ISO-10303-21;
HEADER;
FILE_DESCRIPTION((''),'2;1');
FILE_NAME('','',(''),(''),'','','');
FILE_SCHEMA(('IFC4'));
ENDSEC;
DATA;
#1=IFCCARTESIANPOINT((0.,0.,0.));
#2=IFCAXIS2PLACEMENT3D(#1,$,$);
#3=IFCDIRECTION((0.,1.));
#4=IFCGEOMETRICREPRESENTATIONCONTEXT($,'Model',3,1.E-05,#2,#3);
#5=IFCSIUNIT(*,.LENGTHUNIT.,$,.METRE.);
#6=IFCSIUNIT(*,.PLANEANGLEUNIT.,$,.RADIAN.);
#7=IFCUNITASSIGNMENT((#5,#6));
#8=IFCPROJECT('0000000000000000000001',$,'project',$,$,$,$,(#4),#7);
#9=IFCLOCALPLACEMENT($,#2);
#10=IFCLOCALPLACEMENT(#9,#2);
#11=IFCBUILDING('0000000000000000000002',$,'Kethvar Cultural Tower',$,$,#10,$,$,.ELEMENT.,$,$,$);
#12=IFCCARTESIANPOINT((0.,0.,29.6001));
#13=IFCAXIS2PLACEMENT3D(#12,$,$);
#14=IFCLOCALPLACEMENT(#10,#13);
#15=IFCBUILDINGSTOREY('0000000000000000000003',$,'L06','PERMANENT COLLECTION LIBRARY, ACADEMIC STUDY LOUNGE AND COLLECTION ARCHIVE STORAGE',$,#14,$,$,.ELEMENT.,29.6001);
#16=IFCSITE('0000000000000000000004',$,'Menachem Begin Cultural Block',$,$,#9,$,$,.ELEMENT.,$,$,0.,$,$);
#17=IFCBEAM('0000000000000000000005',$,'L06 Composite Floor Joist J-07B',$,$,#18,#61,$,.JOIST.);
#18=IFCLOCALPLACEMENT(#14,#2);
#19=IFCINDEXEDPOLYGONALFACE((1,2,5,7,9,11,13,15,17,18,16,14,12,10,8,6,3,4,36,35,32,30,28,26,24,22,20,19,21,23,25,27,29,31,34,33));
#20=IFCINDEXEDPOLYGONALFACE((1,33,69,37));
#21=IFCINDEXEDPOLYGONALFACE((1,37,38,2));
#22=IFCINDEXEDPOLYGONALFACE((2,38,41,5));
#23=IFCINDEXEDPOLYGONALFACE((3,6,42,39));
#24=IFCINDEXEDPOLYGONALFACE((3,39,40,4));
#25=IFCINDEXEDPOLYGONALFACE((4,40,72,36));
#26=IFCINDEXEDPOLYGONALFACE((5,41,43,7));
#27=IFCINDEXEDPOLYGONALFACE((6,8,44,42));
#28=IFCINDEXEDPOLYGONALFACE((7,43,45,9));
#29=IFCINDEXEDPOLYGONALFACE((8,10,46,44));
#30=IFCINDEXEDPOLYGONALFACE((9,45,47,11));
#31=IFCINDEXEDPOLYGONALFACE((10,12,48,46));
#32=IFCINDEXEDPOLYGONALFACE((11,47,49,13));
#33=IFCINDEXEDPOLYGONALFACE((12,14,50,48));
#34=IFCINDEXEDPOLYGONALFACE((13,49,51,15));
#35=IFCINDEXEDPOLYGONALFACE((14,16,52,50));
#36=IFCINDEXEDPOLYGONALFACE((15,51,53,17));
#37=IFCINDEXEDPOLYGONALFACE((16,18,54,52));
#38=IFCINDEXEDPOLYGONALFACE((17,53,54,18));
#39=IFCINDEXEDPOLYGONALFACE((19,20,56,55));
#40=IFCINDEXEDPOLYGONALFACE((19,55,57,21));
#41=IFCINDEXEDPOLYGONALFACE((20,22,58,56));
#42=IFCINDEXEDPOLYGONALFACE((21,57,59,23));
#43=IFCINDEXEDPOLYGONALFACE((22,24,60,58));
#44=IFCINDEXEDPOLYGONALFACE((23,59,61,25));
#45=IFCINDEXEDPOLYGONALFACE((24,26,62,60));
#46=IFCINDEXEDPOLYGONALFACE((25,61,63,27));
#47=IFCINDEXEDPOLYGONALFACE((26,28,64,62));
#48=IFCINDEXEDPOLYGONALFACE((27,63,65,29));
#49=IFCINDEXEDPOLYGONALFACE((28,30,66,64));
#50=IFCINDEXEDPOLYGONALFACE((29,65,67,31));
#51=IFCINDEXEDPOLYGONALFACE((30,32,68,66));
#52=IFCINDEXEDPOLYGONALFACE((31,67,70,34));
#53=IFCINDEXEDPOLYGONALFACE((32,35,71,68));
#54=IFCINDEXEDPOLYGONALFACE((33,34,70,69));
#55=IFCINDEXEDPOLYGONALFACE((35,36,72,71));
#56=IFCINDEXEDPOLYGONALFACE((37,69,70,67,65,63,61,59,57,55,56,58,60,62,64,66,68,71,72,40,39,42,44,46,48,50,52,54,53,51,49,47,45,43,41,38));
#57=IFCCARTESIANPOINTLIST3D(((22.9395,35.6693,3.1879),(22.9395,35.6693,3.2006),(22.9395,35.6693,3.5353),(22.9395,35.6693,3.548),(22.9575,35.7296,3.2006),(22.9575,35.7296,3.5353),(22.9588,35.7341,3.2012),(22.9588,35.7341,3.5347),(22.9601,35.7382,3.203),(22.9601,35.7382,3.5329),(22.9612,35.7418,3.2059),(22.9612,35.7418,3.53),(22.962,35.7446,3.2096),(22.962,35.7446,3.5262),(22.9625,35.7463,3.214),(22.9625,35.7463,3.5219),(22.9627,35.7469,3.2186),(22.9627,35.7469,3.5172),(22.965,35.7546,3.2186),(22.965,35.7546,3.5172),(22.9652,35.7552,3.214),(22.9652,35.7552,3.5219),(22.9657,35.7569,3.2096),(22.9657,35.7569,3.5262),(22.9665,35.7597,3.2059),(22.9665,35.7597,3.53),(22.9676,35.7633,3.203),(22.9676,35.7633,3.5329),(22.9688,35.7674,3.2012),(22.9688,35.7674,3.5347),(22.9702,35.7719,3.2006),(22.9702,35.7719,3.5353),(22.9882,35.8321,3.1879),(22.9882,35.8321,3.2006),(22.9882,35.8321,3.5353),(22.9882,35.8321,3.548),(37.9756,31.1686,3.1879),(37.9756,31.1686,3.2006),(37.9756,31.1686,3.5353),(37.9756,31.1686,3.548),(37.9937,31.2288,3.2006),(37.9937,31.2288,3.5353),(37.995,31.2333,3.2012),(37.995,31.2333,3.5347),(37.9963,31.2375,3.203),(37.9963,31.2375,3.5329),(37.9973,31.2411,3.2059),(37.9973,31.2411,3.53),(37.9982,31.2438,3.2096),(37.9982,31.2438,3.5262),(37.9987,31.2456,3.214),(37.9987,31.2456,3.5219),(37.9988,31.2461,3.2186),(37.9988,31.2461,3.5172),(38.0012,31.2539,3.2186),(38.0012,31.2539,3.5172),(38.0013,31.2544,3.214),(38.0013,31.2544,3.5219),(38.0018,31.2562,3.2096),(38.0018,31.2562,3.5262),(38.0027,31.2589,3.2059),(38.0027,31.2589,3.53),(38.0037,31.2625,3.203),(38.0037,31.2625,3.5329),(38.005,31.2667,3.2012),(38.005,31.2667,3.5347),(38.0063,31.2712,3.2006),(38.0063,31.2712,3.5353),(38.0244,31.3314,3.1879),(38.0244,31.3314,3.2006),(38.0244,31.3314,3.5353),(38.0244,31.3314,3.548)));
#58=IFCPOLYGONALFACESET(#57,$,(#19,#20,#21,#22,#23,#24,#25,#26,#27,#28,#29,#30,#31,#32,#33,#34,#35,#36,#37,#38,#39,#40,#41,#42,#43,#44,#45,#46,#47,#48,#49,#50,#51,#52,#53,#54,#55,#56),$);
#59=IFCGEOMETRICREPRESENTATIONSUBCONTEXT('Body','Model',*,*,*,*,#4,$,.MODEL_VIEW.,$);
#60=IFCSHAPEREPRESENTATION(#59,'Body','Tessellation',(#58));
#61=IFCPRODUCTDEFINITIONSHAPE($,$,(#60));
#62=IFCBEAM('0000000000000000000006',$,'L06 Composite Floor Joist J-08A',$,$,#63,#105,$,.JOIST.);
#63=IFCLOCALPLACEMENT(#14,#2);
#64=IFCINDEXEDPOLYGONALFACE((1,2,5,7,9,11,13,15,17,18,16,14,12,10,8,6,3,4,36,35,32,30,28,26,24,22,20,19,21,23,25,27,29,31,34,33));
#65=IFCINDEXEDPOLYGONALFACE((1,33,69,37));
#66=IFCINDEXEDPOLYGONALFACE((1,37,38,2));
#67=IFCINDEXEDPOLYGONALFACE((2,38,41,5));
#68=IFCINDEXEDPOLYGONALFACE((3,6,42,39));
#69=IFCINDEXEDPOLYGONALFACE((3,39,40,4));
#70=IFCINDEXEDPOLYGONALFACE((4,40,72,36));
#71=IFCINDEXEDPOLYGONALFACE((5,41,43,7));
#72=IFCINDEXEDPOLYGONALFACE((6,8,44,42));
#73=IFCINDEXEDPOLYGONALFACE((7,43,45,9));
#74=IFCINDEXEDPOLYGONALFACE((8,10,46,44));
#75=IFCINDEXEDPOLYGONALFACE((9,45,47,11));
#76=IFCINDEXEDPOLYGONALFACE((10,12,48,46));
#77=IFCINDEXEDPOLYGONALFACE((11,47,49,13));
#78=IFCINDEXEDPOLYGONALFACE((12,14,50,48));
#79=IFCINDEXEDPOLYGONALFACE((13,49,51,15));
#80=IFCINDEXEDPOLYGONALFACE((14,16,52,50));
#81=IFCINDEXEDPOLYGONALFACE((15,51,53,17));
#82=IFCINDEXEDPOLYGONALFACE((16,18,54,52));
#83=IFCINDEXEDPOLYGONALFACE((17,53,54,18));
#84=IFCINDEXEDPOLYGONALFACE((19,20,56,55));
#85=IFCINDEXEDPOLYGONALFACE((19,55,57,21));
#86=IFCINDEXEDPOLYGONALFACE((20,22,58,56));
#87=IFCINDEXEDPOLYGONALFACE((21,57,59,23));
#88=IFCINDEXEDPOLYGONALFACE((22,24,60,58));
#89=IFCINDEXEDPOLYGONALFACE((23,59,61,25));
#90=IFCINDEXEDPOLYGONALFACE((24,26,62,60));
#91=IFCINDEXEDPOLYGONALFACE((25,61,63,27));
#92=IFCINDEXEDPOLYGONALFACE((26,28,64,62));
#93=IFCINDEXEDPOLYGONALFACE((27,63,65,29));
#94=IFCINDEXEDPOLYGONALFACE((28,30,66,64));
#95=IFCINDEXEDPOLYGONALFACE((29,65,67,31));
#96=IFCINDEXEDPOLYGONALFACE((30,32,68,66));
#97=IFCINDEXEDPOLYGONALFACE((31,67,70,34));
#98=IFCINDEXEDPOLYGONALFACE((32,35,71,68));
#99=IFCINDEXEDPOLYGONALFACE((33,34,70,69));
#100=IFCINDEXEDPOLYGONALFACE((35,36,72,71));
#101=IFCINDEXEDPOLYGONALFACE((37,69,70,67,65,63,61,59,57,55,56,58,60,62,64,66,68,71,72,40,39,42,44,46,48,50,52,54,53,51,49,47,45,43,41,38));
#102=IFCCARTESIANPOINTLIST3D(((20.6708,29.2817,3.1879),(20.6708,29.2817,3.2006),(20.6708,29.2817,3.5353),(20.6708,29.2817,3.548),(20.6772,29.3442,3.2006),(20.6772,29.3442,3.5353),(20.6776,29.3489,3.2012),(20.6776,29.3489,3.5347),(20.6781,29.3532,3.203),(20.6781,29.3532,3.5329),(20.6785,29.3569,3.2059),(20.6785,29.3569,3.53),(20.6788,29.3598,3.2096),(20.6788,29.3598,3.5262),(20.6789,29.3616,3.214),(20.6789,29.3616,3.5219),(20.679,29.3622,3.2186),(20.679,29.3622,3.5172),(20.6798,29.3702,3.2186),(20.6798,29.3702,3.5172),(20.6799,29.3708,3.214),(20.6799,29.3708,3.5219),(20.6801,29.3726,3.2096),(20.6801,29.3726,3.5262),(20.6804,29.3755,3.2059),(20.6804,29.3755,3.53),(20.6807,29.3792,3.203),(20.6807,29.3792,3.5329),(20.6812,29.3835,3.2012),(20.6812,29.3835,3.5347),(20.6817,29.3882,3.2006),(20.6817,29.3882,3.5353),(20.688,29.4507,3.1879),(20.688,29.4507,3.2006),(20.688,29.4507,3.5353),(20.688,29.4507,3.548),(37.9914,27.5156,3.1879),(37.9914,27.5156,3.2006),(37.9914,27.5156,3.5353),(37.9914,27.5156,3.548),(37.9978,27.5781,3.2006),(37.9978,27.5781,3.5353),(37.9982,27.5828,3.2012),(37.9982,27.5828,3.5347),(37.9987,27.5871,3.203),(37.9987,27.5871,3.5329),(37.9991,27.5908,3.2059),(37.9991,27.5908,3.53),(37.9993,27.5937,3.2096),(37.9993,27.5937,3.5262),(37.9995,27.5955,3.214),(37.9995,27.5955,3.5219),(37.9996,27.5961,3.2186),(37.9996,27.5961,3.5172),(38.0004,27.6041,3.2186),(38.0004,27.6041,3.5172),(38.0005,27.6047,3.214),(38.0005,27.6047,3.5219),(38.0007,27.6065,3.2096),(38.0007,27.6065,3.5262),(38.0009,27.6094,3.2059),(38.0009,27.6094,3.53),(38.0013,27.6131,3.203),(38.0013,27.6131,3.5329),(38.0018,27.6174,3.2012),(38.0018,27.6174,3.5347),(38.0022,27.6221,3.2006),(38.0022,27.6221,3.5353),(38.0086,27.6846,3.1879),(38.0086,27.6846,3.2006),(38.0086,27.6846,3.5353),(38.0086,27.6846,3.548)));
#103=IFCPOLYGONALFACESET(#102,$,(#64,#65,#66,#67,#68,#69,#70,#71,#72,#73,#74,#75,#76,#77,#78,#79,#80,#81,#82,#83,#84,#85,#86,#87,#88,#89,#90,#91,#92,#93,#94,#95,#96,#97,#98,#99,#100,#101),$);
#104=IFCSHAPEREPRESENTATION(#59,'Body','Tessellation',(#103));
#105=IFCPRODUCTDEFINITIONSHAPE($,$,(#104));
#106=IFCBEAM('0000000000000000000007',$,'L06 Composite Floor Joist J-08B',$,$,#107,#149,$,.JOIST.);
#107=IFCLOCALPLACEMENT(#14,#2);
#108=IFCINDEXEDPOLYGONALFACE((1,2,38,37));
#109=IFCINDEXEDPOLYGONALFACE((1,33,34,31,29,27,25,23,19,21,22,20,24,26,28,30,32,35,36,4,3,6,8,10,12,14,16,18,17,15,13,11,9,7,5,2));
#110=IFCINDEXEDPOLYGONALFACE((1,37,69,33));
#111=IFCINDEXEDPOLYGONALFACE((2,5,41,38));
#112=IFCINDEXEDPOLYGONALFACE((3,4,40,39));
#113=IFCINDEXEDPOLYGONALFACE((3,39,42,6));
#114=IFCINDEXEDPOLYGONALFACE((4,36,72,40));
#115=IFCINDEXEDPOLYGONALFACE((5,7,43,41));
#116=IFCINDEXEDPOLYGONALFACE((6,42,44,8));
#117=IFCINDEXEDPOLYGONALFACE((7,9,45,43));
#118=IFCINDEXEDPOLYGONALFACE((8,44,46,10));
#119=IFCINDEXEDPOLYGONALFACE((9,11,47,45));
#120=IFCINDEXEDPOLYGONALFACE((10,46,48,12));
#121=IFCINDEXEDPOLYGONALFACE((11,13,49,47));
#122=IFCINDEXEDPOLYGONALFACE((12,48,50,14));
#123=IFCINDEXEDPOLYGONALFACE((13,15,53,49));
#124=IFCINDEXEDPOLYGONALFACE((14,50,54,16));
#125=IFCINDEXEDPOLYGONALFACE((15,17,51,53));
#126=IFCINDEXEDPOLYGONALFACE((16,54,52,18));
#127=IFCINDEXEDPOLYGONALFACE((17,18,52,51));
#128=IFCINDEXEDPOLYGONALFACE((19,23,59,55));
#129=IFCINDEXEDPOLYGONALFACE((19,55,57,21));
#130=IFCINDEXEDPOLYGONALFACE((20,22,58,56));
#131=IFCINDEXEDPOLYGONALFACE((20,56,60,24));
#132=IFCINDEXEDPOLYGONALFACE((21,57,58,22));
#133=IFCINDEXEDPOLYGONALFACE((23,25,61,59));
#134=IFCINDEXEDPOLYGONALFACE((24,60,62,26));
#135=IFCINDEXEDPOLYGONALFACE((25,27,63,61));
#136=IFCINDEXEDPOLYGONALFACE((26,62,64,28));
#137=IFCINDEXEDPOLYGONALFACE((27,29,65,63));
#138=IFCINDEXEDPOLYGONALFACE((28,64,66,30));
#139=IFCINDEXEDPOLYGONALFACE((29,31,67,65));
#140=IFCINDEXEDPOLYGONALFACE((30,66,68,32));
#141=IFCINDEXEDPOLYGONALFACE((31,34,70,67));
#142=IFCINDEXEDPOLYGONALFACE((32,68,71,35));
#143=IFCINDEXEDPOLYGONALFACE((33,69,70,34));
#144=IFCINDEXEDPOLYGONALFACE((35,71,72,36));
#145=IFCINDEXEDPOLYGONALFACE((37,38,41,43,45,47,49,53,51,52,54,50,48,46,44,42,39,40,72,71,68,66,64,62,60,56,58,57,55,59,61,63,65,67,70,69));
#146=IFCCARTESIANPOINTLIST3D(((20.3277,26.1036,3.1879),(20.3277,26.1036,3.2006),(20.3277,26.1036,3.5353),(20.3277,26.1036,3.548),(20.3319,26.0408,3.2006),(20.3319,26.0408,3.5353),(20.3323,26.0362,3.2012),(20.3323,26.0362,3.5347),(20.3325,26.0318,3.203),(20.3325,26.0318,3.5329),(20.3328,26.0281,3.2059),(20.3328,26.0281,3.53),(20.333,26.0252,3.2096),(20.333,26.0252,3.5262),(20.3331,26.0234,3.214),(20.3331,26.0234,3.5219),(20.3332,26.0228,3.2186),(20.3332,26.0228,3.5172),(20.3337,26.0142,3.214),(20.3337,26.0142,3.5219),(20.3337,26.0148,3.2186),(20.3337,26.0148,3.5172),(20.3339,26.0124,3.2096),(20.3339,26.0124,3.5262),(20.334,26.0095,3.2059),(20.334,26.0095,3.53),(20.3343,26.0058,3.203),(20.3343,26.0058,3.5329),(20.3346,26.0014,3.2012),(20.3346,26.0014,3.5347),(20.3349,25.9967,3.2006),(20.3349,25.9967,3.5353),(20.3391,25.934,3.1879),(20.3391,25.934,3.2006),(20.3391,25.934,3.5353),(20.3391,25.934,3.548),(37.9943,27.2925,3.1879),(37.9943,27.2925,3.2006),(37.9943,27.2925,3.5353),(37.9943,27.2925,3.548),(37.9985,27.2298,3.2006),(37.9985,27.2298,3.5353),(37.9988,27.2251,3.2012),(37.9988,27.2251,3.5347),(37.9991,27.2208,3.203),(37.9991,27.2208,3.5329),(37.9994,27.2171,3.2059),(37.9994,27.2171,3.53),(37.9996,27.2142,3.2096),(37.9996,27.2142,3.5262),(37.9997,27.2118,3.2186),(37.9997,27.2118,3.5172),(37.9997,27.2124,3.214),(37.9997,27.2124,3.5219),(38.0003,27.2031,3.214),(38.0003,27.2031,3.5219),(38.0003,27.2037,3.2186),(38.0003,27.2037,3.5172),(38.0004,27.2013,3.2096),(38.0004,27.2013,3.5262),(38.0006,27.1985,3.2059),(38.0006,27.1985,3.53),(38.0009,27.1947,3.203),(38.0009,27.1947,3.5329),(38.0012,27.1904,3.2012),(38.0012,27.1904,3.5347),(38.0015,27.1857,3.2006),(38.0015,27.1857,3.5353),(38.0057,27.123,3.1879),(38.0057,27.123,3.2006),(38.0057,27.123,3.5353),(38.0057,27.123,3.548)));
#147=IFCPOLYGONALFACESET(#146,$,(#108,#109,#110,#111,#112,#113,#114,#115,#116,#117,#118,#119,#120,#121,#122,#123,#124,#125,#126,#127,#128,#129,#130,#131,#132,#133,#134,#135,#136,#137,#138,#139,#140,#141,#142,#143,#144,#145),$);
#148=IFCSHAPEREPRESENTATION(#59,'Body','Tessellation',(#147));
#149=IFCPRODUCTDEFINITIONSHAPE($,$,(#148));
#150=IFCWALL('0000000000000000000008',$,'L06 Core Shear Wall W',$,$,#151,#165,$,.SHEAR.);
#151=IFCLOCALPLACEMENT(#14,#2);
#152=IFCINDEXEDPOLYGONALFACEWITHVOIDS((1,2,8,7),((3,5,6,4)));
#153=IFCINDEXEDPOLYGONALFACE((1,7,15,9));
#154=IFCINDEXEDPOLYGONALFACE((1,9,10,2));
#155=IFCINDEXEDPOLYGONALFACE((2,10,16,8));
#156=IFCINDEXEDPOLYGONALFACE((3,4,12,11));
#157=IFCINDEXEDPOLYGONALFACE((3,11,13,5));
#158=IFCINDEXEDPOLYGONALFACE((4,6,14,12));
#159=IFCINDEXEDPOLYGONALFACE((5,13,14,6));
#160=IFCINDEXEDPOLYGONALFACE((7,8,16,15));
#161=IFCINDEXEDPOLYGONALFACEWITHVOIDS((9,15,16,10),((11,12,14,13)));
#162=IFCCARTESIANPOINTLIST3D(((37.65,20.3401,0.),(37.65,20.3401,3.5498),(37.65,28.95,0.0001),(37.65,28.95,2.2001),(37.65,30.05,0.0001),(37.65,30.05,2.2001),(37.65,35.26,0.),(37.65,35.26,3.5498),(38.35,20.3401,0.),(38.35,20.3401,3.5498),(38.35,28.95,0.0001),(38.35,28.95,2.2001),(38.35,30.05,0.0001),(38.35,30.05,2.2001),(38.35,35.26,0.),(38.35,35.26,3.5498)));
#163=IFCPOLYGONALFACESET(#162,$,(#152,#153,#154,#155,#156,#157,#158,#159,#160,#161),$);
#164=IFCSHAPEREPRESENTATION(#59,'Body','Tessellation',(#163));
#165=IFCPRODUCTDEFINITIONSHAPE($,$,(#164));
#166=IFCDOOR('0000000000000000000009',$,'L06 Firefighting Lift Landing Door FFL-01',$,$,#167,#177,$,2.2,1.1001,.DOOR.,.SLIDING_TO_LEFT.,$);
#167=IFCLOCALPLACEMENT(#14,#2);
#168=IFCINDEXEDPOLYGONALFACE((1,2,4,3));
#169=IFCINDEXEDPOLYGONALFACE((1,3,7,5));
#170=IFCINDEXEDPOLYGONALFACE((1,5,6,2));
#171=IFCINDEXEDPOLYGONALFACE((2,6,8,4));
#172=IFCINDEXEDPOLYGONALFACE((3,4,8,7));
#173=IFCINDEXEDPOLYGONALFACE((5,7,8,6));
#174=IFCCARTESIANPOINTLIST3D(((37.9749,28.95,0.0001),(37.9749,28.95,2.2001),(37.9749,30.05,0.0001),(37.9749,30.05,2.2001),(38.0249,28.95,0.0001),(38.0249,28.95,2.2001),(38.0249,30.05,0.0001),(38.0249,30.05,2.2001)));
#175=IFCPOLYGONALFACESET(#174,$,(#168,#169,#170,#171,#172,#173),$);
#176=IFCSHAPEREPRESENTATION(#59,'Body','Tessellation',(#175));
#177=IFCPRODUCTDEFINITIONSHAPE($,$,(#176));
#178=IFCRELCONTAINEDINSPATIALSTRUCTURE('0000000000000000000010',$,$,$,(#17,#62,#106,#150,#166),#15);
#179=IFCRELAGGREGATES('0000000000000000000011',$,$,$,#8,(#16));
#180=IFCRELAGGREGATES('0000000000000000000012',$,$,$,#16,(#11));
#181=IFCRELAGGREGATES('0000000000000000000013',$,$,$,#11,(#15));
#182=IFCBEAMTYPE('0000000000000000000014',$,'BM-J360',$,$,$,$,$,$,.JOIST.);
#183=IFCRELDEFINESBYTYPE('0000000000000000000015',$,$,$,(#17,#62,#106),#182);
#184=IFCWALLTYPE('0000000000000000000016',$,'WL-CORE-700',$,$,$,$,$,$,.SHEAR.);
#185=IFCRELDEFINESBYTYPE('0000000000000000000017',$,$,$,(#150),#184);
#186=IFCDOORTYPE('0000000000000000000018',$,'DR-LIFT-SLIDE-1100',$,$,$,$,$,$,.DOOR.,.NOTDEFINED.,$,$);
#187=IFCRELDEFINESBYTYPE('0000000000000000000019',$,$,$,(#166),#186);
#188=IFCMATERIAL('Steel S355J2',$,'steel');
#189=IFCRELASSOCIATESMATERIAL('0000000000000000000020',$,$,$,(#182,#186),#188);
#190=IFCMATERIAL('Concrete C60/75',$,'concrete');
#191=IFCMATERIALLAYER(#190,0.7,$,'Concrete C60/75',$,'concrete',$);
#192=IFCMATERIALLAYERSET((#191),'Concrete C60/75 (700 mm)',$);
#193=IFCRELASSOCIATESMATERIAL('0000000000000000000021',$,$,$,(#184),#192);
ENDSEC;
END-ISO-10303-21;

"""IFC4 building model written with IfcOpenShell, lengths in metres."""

from ifc_helpers import new_model, si_unit, direction, frame, frame_2d, origin, origin_2d, place, context, subcontext, project, spatial, rectangle, i_section, extrude, source, transform, mapped, material, layer, layer_set, material_profile, profile_set, type_object, element, fill, save


model = new_model("IFC4")

# Units and contexts
model_context = context("Model", 3, precision=1e-05, world=origin(), true_north=direction((0.0, 1.0)))
body_context = subcontext(model_context, "Body", "Model", "MODEL_VIEW")
ifc_project = project(units=[si_unit("LENGTHUNIT", "METRE"), si_unit("PLANEANGLEUNIT", "RADIAN")], contexts=[model_context])

# Site, building, storey
site_placement = place(None, origin())
site = spatial("IfcSite", under=ifc_project, at=site_placement, Name="Menachem Begin Cultural Block", CompositionType="ELEMENT", RefElevation=0.0)
building_placement = place(site_placement, origin())
building = spatial("IfcBuilding", under=site, at=building_placement, Name="Kethvar Cultural Tower", CompositionType="ELEMENT")
storey_placement = place(building_placement, frame((0.0, 0.0, 29.6001)))
storey = spatial("IfcBuildingStorey", under=building, at=storey_placement, Name="L06", Description="PERMANENT COLLECTION LIBRARY, ACADEMIC STUDY LOUNGE AND COLLECTION ARCHIVE STORAGE", CompositionType="ELEMENT", Elevation=29.6001)

# Beams
ifc_material_1 = material(Name="Steel S355J2", Category="steel")
ifc_material_profile_1 = material_profile(ifc_material_1, i_section(OverallWidth=0.1699, OverallDepth=0.3601, WebThickness=0.0081, FlangeThickness=0.0127, FilletRadius=0.0181, at=origin_2d()), Name="Steel S355J2 — IPE360")
ifc_profile_set_1 = profile_set([ifc_material_profile_1], Name="Steel S355J2 — IPE360")
beam_type_1 = type_object("IfcBeamType", Name="BM-J360", PredefinedType="JOIST", material=ifc_profile_set_1)
shared_shape_1 = source(origin(), body_context, "Body", "SweptSolid", [
    extrude(i_section(OverallWidth=0.1699, OverallDepth=0.3601, WebThickness=0.0081, FlangeThickness=0.0127, FilletRadius=0.0181, at=origin_2d()), origin(), (0.0, 0.0, 1.0), 15.6953),
])
beam_1_placement = place(storey_placement, frame((38.0, 31.25, 3.3679), z_axis=(-0.958003, 0.286757, 0.0), x_axis=(-0.286757, -0.958003, 0.0)))
element("IfcBeam", 1, at=beam_1_placement, inside=storey, type_object=beam_type_1, Name="L06 Composite Floor Joist J-07B", PredefinedType="JOIST", context=body_context, shape_type="MappedRepresentation", body=[
    mapped(shared_shape_1, transform((0.0, 0.0, 0.0), scale=1.0)),
])
shared_shape_2 = source(origin(), body_context, "Body", "SweptSolid", [
    extrude(i_section(OverallWidth=0.1699, OverallDepth=0.3601, WebThickness=0.0081, FlangeThickness=0.0127, FilletRadius=0.0181, at=origin_2d()), origin(), (0.0, 0.0, 1.0), 17.4104),
])
beam_2_placement = place(storey_placement, frame((38.0, 27.6001, 3.3679), z_axis=(-0.994842, 0.10144, 0.0), x_axis=(-0.10144, -0.994842, 0.0)))
element("IfcBeam", 2, at=beam_2_placement, inside=storey, type_object=beam_type_1, Name="L06 Composite Floor Joist J-08A", PredefinedType="JOIST", context=body_context, shape_type="MappedRepresentation", body=[
    mapped(shared_shape_2, transform((0.0, 0.0, 0.0), scale=1.0)),
])
shared_shape_3 = source(origin(), body_context, "Body", "SweptSolid", [
    extrude(i_section(OverallWidth=0.1699, OverallDepth=0.3601, WebThickness=0.0081, FlangeThickness=0.0127, FilletRadius=0.0181, at=origin_2d()), origin(), (0.0, 0.0, 1.0), 17.7065),
])
beam_3_placement = place(storey_placement, frame((38.0, 27.2078, 3.3679), z_axis=(-0.997743, -0.067149, 0.0), x_axis=(0.067149, -0.997743, 0.0)))
element("IfcBeam", 3, at=beam_3_placement, inside=storey, type_object=beam_type_1, Name="L06 Composite Floor Joist J-08B", PredefinedType="JOIST", context=body_context, shape_type="MappedRepresentation", body=[
    mapped(shared_shape_3, transform((0.0, 0.0, 0.0), scale=1.0)),
])

# Wall, opening, door
ifc_material_2 = material(Name="Concrete C60/75", Category="concrete")
ifc_layer_1 = layer(ifc_material_2, 0.7, Name="Concrete C60/75", Category="concrete")
ifc_layer_set_1 = layer_set([ifc_layer_1], Name="Concrete C60/75 (700 mm)")
wall_type_1 = type_object("IfcWallType", Name="WL-CORE-700", PredefinedType="SHEAR", material=ifc_layer_set_1)
wall_1_placement = place(storey_placement, frame((38.0, 35.26, 0.0), z_axis=(0.0, 0.0, 1.0), x_axis=(0.0, -1.0, 0.0)))
wall_1 = element("IfcWall", 4, at=wall_1_placement, inside=storey, type_object=wall_type_1, Name="L06 Core Shear Wall W", PredefinedType="SHEAR", context=body_context, shape_type="SweptSolid", body=[
    extrude(rectangle(XDim=14.9199, YDim=0.7, at=frame_2d((7.46, 0.0))), origin(), (0.0, 0.0, 1.0), 3.5498),
])
opening_1_placement = place(wall_1_placement, frame((5.21, 0.0, 0.0)))
opening_1 = element("IfcOpeningElement", 5, at=opening_1_placement, cuts=wall_1, PredefinedType="OPENING", context=body_context, shape_type="SweptSolid", body=[
    extrude(rectangle(XDim=1.1001, YDim=2.2, at=frame_2d((0.55, 1.1001))), frame((0.0, 0.3599, 0.0), z_axis=(0.0, -1.0, 0.0), x_axis=(1.0, 0.0, 0.0)), (0.0, 0.0, 1.0), 0.72),
])
door_type_1 = type_object("IfcDoorType", Name="DR-LIFT-SLIDE-1100", OperationType="NOTDEFINED", PredefinedType="DOOR", material=ifc_material_1)
shared_shape_4 = source(origin(), body_context, "Body", "SweptSolid", [
    extrude(rectangle(XDim=1.1001, YDim=2.2, at=frame_2d((0.55, 1.1001))), frame((0.0, 0.0249, 0.0), z_axis=(0.0, -1.0, 0.0), x_axis=(1.0, 0.0, 0.0)), (0.0, 0.0, 1.0), 0.05),
])
door_1_placement = place(opening_1_placement, origin())
door_1 = element("IfcDoor", 6, at=door_1_placement, inside=storey, type_object=door_type_1, Name="L06 Firefighting Lift Landing Door FFL-01", OperationType="SLIDING_TO_LEFT", OverallHeight=2.2, OverallWidth=1.1001, PredefinedType="DOOR", context=body_context, shape_type="MappedRepresentation", body=[
    mapped(shared_shape_4, transform((0.0, 0.0, 0.0), scale=1.0)),
])
fill(opening_1, door_1)

save(model, "model.ifc")
